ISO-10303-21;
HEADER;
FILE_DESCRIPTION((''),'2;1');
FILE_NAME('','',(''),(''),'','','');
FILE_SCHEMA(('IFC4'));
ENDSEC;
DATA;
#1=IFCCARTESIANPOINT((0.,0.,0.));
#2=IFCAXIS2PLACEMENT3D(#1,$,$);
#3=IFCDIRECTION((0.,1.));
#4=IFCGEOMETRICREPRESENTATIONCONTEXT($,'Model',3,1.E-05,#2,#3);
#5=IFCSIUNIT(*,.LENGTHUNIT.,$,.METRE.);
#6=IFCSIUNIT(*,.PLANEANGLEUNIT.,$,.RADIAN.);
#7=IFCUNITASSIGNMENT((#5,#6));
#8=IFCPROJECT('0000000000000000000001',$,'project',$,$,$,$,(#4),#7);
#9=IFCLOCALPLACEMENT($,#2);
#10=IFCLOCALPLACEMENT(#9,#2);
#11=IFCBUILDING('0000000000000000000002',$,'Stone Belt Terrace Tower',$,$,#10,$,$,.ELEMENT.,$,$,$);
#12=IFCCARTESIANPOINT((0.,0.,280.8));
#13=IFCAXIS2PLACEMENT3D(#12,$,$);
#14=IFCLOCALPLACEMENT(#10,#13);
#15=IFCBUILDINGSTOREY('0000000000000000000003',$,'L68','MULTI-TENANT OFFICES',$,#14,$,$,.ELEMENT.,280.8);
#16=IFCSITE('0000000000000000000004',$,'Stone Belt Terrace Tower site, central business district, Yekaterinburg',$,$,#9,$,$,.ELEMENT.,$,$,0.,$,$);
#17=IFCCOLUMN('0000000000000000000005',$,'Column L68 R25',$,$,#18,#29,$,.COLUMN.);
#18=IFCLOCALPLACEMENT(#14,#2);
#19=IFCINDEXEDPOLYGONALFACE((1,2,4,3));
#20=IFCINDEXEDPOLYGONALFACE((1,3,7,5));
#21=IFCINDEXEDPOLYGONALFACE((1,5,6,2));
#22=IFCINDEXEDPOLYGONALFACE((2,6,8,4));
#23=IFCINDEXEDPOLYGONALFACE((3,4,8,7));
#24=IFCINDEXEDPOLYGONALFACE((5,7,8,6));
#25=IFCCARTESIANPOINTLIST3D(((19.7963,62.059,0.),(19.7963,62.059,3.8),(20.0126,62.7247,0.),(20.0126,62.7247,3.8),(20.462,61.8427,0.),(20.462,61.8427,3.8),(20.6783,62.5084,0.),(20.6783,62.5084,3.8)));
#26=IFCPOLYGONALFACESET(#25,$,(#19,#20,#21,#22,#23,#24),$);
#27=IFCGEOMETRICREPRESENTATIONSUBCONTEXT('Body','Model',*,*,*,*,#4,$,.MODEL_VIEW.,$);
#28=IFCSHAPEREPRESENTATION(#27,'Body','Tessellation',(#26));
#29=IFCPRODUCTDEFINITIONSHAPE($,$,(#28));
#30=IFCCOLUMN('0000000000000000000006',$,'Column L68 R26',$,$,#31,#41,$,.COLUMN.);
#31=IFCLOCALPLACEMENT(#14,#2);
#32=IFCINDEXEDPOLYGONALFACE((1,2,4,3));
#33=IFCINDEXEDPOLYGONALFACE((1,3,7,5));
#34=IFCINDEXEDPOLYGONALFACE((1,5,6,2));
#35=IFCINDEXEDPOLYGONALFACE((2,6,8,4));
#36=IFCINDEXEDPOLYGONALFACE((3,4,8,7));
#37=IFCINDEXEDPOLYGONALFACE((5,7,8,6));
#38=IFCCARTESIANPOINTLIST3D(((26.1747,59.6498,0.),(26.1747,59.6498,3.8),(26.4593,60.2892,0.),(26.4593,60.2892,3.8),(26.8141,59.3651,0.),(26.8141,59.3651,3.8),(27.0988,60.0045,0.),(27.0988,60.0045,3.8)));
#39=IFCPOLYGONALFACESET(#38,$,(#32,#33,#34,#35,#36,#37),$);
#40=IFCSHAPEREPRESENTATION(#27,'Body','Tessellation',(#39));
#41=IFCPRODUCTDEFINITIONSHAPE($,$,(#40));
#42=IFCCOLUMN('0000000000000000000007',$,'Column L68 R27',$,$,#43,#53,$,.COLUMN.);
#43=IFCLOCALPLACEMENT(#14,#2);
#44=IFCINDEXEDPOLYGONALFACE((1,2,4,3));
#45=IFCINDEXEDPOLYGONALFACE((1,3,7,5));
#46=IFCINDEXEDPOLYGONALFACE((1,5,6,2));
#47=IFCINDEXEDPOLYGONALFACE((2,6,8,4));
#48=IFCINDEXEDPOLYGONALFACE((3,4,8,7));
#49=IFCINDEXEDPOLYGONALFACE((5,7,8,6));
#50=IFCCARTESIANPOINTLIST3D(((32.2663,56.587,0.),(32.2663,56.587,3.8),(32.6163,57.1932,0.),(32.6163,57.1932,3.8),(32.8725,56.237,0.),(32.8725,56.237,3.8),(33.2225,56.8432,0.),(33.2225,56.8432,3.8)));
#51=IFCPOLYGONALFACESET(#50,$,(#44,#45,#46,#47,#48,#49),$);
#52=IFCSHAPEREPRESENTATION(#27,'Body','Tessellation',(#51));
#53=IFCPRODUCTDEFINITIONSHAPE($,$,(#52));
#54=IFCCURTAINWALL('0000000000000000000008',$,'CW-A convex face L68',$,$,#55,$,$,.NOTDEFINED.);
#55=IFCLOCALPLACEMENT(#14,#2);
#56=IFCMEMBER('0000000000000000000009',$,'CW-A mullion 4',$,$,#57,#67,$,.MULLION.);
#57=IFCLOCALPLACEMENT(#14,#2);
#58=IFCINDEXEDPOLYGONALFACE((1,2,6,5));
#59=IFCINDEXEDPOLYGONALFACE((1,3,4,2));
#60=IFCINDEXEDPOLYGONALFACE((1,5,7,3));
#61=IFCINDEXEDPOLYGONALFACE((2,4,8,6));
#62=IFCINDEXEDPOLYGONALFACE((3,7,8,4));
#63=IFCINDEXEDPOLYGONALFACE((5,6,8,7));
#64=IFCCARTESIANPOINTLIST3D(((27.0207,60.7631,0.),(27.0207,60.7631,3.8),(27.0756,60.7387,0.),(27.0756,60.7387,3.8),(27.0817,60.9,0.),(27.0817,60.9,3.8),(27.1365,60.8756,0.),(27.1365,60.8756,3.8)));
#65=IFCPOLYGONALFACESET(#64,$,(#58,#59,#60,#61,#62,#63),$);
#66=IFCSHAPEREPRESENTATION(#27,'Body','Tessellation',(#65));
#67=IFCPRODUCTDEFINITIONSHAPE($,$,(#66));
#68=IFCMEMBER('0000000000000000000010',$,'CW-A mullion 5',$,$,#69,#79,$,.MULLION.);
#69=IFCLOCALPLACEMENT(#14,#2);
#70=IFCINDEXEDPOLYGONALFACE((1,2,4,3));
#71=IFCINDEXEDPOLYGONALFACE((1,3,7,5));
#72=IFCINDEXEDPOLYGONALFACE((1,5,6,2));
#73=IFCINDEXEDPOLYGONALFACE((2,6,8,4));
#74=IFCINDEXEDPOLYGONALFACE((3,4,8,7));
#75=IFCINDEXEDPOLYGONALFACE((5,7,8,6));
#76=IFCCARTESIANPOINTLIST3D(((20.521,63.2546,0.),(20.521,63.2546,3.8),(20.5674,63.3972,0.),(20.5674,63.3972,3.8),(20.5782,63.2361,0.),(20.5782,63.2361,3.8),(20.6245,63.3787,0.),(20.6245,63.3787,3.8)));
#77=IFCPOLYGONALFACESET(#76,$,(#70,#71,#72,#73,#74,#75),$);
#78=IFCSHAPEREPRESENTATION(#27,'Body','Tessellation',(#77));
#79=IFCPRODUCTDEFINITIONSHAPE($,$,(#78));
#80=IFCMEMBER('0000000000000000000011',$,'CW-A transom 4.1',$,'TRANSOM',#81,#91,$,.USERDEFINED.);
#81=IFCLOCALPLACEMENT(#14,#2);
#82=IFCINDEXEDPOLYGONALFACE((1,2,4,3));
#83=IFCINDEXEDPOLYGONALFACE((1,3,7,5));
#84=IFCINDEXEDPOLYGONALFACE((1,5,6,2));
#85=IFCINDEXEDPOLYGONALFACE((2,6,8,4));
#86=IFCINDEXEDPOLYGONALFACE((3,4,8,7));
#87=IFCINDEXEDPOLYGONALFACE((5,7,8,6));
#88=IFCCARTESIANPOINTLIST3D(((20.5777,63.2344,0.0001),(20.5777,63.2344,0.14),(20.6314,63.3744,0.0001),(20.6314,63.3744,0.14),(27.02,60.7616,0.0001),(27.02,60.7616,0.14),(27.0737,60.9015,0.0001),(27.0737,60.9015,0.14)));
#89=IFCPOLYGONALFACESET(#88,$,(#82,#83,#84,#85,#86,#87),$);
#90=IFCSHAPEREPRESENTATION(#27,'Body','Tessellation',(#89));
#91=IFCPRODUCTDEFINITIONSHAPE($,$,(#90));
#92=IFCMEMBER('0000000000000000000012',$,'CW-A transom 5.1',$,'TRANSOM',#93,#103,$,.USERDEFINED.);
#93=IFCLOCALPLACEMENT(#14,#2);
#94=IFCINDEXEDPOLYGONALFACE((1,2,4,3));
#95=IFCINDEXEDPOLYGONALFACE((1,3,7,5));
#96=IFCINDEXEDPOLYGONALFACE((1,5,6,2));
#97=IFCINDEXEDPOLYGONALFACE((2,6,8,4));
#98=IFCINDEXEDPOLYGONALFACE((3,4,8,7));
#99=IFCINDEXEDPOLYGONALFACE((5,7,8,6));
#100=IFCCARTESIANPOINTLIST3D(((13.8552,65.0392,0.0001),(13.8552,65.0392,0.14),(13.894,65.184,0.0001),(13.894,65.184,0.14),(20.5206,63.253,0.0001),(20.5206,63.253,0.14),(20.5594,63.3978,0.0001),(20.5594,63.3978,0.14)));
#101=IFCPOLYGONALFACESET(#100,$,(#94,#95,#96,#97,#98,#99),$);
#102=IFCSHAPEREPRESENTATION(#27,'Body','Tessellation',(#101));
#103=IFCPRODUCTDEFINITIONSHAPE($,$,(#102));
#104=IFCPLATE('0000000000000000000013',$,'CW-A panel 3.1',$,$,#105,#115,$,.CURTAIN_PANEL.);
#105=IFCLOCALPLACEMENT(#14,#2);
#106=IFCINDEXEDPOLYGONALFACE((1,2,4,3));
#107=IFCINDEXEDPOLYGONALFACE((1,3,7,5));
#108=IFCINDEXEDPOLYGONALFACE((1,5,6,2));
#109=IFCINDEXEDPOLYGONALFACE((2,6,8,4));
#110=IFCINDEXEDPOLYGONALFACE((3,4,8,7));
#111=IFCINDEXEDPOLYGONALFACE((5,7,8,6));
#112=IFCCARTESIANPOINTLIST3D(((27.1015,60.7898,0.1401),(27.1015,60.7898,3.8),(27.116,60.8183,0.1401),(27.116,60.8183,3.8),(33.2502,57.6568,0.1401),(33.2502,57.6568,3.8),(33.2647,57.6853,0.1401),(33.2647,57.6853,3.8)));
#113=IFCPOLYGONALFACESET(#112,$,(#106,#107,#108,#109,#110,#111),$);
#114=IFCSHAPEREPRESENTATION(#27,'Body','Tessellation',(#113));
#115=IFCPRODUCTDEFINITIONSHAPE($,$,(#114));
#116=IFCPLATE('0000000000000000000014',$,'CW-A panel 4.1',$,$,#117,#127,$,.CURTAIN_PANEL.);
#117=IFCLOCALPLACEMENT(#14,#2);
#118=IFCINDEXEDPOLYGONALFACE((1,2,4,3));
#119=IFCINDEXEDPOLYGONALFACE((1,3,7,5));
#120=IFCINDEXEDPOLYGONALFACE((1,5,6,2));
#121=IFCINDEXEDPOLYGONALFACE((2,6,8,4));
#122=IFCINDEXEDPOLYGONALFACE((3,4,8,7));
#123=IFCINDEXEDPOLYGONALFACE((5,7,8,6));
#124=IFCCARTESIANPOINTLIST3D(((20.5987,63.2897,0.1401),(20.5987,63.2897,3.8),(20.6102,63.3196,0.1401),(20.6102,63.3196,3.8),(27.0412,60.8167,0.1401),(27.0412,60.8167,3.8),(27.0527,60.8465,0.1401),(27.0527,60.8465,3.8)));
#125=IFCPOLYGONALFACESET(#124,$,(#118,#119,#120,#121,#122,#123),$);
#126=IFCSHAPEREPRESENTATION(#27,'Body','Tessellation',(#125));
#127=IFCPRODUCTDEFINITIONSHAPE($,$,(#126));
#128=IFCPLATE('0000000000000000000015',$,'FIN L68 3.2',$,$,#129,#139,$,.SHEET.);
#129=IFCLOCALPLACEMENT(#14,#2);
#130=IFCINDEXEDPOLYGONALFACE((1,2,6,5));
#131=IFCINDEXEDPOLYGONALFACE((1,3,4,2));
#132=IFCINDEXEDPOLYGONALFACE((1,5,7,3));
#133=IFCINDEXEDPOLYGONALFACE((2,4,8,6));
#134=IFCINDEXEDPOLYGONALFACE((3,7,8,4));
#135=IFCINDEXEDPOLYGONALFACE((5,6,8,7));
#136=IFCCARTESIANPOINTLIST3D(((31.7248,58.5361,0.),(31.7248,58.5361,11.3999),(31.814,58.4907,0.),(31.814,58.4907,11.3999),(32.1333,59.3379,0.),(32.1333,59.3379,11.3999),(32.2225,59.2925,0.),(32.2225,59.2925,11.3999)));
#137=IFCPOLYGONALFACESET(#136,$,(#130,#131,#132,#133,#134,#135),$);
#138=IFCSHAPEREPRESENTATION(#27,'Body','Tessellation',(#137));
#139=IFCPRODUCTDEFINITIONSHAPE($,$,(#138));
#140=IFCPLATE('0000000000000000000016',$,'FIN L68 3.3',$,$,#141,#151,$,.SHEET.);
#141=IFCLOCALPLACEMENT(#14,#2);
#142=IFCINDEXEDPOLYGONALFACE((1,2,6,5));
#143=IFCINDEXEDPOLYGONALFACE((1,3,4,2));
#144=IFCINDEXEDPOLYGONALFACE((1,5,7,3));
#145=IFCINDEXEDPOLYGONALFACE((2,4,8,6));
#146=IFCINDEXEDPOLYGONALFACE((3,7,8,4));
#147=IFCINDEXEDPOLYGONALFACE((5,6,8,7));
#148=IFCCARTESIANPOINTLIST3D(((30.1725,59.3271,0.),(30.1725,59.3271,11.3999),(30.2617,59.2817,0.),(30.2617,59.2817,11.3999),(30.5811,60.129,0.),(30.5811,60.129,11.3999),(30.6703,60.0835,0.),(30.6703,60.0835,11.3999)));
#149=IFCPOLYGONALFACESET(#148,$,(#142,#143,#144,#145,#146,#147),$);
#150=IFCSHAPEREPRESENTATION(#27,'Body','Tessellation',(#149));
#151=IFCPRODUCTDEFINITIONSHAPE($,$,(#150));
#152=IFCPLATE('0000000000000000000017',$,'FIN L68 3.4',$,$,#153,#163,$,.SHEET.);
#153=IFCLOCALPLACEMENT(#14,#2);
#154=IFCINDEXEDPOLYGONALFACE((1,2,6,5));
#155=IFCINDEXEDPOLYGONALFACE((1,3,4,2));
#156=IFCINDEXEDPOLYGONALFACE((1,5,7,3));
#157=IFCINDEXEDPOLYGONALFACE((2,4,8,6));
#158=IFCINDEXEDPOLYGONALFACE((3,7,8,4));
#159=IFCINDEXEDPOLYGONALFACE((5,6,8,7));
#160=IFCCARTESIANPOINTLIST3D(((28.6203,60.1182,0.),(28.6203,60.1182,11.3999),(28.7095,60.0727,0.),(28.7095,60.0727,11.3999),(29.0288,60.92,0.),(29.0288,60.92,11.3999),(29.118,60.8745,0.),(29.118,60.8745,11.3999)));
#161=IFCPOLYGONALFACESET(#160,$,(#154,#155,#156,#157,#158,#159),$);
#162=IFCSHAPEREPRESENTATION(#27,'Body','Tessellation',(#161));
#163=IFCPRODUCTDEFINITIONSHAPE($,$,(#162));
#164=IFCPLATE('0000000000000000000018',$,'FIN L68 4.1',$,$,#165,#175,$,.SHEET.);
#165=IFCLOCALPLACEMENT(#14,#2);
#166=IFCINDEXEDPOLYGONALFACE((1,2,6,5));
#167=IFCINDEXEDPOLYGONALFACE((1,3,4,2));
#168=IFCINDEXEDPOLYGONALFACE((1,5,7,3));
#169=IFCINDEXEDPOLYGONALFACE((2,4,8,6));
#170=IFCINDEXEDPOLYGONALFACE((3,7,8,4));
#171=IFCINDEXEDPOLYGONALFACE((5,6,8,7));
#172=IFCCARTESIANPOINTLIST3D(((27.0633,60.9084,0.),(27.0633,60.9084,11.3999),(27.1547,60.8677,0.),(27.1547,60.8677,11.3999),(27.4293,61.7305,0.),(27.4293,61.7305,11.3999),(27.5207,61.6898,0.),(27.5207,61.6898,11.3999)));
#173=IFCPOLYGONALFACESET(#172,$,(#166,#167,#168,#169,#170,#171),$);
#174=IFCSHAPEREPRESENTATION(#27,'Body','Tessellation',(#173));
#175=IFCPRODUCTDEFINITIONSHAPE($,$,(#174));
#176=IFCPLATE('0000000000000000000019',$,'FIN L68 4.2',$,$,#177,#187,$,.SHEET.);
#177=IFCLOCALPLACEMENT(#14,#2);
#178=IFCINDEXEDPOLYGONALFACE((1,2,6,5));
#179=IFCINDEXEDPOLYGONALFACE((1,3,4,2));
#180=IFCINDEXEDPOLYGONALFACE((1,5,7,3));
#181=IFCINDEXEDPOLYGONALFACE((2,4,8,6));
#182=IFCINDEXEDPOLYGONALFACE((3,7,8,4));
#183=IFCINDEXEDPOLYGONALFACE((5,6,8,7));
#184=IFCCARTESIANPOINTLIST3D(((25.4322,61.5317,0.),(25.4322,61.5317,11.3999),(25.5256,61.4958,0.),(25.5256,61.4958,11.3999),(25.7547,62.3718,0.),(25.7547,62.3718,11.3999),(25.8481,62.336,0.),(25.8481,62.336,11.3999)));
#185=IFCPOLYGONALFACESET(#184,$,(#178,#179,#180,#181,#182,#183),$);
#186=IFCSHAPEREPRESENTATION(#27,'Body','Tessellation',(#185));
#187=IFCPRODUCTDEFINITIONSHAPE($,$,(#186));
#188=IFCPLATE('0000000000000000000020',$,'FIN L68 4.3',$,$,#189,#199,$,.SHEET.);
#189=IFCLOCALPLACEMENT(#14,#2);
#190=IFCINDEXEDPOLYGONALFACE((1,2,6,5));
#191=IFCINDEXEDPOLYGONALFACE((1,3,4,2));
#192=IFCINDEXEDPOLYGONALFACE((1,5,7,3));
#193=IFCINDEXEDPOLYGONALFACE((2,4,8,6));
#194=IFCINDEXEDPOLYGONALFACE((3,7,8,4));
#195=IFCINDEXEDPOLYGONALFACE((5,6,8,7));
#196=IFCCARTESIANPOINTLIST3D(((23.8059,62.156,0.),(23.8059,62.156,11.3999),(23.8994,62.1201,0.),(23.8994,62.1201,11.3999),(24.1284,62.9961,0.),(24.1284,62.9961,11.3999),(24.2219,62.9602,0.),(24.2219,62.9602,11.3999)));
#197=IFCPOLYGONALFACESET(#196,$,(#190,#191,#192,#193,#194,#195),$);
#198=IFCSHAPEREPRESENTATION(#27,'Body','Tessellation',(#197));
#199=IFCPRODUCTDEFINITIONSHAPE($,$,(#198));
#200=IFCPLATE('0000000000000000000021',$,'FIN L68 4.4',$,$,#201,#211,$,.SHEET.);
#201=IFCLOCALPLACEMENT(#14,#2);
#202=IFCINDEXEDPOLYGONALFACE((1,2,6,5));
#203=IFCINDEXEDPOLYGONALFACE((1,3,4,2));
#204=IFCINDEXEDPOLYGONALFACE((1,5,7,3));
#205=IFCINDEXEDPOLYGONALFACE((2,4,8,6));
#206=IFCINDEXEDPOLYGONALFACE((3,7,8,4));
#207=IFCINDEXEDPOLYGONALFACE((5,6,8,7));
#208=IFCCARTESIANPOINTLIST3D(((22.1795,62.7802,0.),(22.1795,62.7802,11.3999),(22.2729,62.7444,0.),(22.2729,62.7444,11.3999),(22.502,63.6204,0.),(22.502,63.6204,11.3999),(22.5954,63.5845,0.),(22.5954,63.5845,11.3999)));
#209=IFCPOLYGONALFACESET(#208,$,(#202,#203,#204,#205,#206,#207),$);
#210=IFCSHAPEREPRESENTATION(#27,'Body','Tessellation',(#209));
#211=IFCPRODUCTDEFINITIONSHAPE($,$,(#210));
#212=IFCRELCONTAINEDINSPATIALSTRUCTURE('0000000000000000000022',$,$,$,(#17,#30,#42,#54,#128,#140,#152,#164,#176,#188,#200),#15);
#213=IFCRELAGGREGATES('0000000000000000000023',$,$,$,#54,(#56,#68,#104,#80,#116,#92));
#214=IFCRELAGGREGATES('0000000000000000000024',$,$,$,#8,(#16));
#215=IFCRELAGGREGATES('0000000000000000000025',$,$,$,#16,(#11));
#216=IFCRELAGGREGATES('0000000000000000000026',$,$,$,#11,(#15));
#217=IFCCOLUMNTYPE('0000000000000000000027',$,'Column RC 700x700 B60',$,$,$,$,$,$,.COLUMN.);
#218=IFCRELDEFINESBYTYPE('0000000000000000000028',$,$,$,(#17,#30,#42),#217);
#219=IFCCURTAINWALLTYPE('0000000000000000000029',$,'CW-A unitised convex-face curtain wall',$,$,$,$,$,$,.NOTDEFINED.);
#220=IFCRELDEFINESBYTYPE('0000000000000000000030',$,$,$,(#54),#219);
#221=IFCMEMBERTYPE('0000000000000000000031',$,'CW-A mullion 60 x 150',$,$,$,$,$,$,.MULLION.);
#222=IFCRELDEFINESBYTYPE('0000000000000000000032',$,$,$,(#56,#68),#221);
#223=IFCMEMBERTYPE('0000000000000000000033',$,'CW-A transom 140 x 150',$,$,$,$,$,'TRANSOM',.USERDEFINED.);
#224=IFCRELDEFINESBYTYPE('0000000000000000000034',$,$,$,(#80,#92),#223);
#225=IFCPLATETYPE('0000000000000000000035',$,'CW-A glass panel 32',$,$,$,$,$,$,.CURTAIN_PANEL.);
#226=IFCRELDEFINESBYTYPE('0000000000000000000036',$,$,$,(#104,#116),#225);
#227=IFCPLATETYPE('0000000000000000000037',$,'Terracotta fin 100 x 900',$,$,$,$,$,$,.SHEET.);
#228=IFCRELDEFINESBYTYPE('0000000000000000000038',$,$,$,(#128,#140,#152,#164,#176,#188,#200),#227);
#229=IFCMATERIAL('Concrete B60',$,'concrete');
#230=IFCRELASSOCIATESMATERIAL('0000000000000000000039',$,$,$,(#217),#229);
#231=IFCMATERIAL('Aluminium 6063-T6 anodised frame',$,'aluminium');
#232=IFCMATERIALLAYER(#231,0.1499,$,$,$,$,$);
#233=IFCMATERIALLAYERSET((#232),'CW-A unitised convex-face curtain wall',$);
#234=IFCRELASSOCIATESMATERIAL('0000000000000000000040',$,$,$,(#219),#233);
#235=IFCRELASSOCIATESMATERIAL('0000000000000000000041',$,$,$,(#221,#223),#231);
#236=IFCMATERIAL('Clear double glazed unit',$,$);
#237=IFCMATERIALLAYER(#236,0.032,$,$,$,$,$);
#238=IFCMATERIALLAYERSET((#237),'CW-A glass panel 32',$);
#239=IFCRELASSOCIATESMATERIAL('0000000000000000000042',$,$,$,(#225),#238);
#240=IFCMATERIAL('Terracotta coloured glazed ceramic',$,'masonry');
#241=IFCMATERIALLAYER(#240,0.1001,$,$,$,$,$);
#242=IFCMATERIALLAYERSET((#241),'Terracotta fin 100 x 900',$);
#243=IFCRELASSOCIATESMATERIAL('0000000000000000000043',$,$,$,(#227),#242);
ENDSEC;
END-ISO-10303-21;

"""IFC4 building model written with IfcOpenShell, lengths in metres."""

from ifc_helpers import new_model, si_unit, direction, frame, origin, origin_2d, place, context, subcontext, project, spatial, rectangle, extrude, material, layer, layer_set, material_profile, profile_set, type_object, element, aggregate, save


model = new_model("IFC4")

# Units and contexts
model_context = context("Model", 3, precision=1e-05, world=origin(), true_north=direction((0.0, 1.0)))
body_context = subcontext(model_context, "Body", "Model", "MODEL_VIEW")
ifc_project = project(units=[si_unit("LENGTHUNIT", "METRE"), si_unit("PLANEANGLEUNIT", "RADIAN")], contexts=[model_context])

# Site, building, storey
site_placement = place(None, origin())
site = spatial("IfcSite", under=ifc_project, at=site_placement, Name="Stone Belt Terrace Tower site, central business district, Yekaterinburg", CompositionType="ELEMENT", RefElevation=0.0)
building_placement = place(site_placement, origin())
building = spatial("IfcBuilding", under=site, at=building_placement, Name="Stone Belt Terrace Tower", CompositionType="ELEMENT")
storey_placement = place(building_placement, frame((0.0, 0.0, 280.8)))
storey = spatial("IfcBuildingStorey", under=building, at=storey_placement, Name="L68", Description="MULTI-TENANT OFFICES", CompositionType="ELEMENT", Elevation=280.8)

# Columns
ifc_material_1 = material(Name="Concrete B60", Category="concrete")
ifc_material_profile_1 = material_profile(ifc_material_1, rectangle(XDim=0.7, YDim=0.7, at=origin_2d()), Name="RC 700x700")
ifc_profile_set_1 = profile_set([ifc_material_profile_1], Name="Concrete B60")
column_type = type_object("IfcColumnType", Name="Column RC 700x700 B60", PredefinedType="COLUMN", material=ifc_profile_set_1)
for number, where, z_axis, x_axis, name in (
    (1, (20.2373, 62.2837, 0.0), (0.0, 0.0, 1.0), (0.951057, -0.309017, 0.0), "Column L68 R25"),
    (2, (26.6367, 59.8271, 0.0), (0.0, 0.0, 1.0), (0.913545, -0.406737, 0.0), "Column L68 R26"),
    (3, (32.7444, 56.7151, 0.0), (0.0, 0.0, 1.0), (0.866025, -0.5, 0.0), "Column L68 R27"),
):
    element("IfcColumn", number, at=place(storey_placement, frame(where, z_axis=z_axis, x_axis=x_axis)), inside=storey, type_object=column_type, Name=name, PredefinedType="COLUMN", context=body_context, shape_type="SweptSolid", body=[
        extrude(rectangle(XDim=0.7, YDim=0.7, at=origin_2d()), origin(), (0.0, 0.0, 1.0), 3.8),
    ])

# Curtain wall, members, plates
ifc_material_2 = material(Name="Aluminium 6063-T6 anodised frame", Category="aluminium")
ifc_layer_1 = layer(ifc_material_2, 0.1499)
ifc_layer_set_1 = layer_set([ifc_layer_1], Name="CW-A unitised convex-face curtain wall")
curtain_wall_type = type_object("IfcCurtainWallType", Name="CW-A unitised convex-face curtain wall", PredefinedType="NOTDEFINED", material=ifc_layer_set_1)
curtain_wall_placement = place(storey_placement, origin())
curtain_wall = element("IfcCurtainWall", 4, at=curtain_wall_placement, inside=storey, type_object=curtain_wall_type, Name="CW-A convex face L68", PredefinedType="NOTDEFINED")
ifc_material_profile_2 = material_profile(ifc_material_2, rectangle(XDim=0.1499, YDim=0.0601, at=origin_2d()), Name="Aluminium 6063-T6 60x150")
ifc_profile_set_2 = profile_set([ifc_material_profile_2], Name="Aluminium 6063-T6 anodised frame")
member_type_1 = type_object("IfcMemberType", Name="CW-A mullion 60 x 150", PredefinedType="MULLION", material=ifc_profile_set_2)
member_1_placement = place(storey_placement, frame((27.0786, 60.8193, 0.0), z_axis=(0.0, 0.0, 1.0), x_axis=(-0.406737, -0.913545, 0.0)))
member_1 = element("IfcMember", 5, at=member_1_placement, type_object=member_type_1, Name="CW-A mullion 4", PredefinedType="MULLION", context=body_context, shape_type="SweptSolid", body=[
    extrude(rectangle(XDim=0.1499, YDim=0.0601, at=origin_2d()), origin(), (0.0, 0.0, 1.0), 3.8),
])
member_2_placement = place(storey_placement, frame((20.5728, 63.3167, 0.0), z_axis=(0.0, 0.0, 1.0), x_axis=(-0.309017, -0.951057, 0.0)))
member_2 = element("IfcMember", 6, at=member_2_placement, type_object=member_type_1, Name="CW-A mullion 5", PredefinedType="MULLION", context=body_context, shape_type="SweptSolid", body=[
    extrude(rectangle(XDim=0.1499, YDim=0.0601, at=origin_2d()), origin(), (0.0, 0.0, 1.0), 3.8),
])
ifc_material_profile_3 = material_profile(ifc_material_2, rectangle(XDim=0.1499, YDim=0.1399, at=origin_2d()), Name="Aluminium 6063-T6 150x140")
ifc_profile_set_3 = profile_set([ifc_material_profile_3], Name="Aluminium 6063-T6 anodised frame")
member_type_2 = type_object("IfcMemberType", Name="CW-A transom 140 x 150", ElementType="TRANSOM", PredefinedType="USERDEFINED", material=ifc_profile_set_3)
member_3_placement = place(storey_placement, frame((27.0469, 60.8315, 0.0701), z_axis=(-0.933585, 0.358355, 0.0), x_axis=(-0.358355, -0.933585, 0.0)))
member_3 = element("IfcMember", 7, at=member_3_placement, type_object=member_type_2, Name="CW-A transom 4.1", ObjectType="TRANSOM", PredefinedType="USERDEFINED", context=body_context, shape_type="SweptSolid", body=[
    extrude(rectangle(XDim=0.1499, YDim=0.1399, at=origin_2d()), origin(), (0.0, 0.0, 1.0), 6.9006),
])
member_4_placement = place(storey_placement, frame((20.54, 63.3254, 0.0701), z_axis=(-0.965922, 0.258834, 0.0), x_axis=(-0.258834, -0.965922, 0.0)))
member_4 = element("IfcMember", 8, at=member_4_placement, type_object=member_type_2, Name="CW-A transom 5.1", ObjectType="TRANSOM", PredefinedType="USERDEFINED", context=body_context, shape_type="SweptSolid", body=[
    extrude(rectangle(XDim=0.1499, YDim=0.1399, at=origin_2d()), origin(), (0.0, 0.0, 1.0), 6.9006),
])
ifc_material_3 = material(Name="Clear double glazed unit")
ifc_layer_2 = layer(ifc_material_3, 0.032)
ifc_layer_set_2 = layer_set([ifc_layer_2], Name="CW-A glass panel 32")
plate_type_1 = type_object("IfcPlateType", Name="CW-A glass panel 32", PredefinedType="CURTAIN_PANEL", material=ifc_layer_set_2)
plate_1_placement = place(storey_placement, frame((30.1831, 59.2375, 0.1401), z_axis=(0.0, 0.0, 1.0), x_axis=(-0.891007, 0.45399, 0.0)))
plate_1 = element("IfcPlate", 9, at=plate_1_placement, type_object=plate_type_1, Name="CW-A panel 3.1", PredefinedType="CURTAIN_PANEL", context=body_context, shape_type="SweptSolid", body=[
    extrude(rectangle(XDim=6.9009, YDim=0.032, at=origin_2d()), origin(), (0.0, 0.0, 1.0), 3.6599),
])
plate_2_placement = place(storey_placement, frame((23.8257, 62.0681, 0.1401), z_axis=(0.0, 0.0, 1.0), x_axis=(-0.93358, 0.358368, 0.0)))
plate_2 = element("IfcPlate", 10, at=plate_2_placement, type_object=plate_type_1, Name="CW-A panel 4.1", PredefinedType="CURTAIN_PANEL", context=body_context, shape_type="SweptSolid", body=[
    extrude(rectangle(XDim=6.9009, YDim=0.032, at=origin_2d()), origin(), (0.0, 0.0, 1.0), 3.6599),
])
aggregate(curtain_wall, [member_1, member_2, plate_1, member_3, plate_2, member_4])

# Plates
ifc_material_4 = material(Name="Terracotta coloured glazed ceramic", Category="masonry")
ifc_layer_3 = layer(ifc_material_4, 0.1001)
ifc_layer_set_3 = layer_set([ifc_layer_3], Name="Terracotta fin 100 x 900")
plate_type_2 = type_object("IfcPlateType", Name="Terracotta fin 100 x 900", PredefinedType="SHEET", material=ifc_layer_set_3)
for number, where, z_axis, x_axis, name in (
    (11, (31.9736, 58.9143, 0.0), (0.0, 0.0, 1.0), (0.45399, 0.891007, 0.0), "FIN L68 3.2"),
    (12, (30.4214, 59.7053, 0.0), (0.0, 0.0, 1.0), (0.45399, 0.891007, 0.0), "FIN L68 3.3"),
    (13, (28.8691, 60.4963, 0.0), (0.0, 0.0, 1.0), (0.45399, 0.891007, 0.0), "FIN L68 3.4"),
    (14, (27.292, 61.2991, 0.0), (0.0, 0.0, 1.0), (0.406737, 0.913545, 0.0), "FIN L68 4.1"),
    (15, (25.6401, 61.9338, 0.0), (0.0, 0.0, 1.0), (0.358368, 0.93358, 0.0), "FIN L68 4.2"),
    (16, (24.0139, 62.5581, 0.0), (0.0, 0.0, 1.0), (0.358368, 0.93358, 0.0), "FIN L68 4.3"),
    (17, (22.3875, 63.1824, 0.0), (0.0, 0.0, 1.0), (0.358368, 0.93358, 0.0), "FIN L68 4.4"),
):
    element("IfcPlate", number, at=place(storey_placement, frame(where, z_axis=z_axis, x_axis=x_axis)), inside=storey, type_object=plate_type_2, Name=name, PredefinedType="SHEET", context=body_context, shape_type="SweptSolid", body=[
        extrude(rectangle(XDim=0.8999, YDim=0.1001, at=origin_2d()), origin(), (0.0, 0.0, 1.0), 11.3999),
    ])

save(model, "model.ifc")
